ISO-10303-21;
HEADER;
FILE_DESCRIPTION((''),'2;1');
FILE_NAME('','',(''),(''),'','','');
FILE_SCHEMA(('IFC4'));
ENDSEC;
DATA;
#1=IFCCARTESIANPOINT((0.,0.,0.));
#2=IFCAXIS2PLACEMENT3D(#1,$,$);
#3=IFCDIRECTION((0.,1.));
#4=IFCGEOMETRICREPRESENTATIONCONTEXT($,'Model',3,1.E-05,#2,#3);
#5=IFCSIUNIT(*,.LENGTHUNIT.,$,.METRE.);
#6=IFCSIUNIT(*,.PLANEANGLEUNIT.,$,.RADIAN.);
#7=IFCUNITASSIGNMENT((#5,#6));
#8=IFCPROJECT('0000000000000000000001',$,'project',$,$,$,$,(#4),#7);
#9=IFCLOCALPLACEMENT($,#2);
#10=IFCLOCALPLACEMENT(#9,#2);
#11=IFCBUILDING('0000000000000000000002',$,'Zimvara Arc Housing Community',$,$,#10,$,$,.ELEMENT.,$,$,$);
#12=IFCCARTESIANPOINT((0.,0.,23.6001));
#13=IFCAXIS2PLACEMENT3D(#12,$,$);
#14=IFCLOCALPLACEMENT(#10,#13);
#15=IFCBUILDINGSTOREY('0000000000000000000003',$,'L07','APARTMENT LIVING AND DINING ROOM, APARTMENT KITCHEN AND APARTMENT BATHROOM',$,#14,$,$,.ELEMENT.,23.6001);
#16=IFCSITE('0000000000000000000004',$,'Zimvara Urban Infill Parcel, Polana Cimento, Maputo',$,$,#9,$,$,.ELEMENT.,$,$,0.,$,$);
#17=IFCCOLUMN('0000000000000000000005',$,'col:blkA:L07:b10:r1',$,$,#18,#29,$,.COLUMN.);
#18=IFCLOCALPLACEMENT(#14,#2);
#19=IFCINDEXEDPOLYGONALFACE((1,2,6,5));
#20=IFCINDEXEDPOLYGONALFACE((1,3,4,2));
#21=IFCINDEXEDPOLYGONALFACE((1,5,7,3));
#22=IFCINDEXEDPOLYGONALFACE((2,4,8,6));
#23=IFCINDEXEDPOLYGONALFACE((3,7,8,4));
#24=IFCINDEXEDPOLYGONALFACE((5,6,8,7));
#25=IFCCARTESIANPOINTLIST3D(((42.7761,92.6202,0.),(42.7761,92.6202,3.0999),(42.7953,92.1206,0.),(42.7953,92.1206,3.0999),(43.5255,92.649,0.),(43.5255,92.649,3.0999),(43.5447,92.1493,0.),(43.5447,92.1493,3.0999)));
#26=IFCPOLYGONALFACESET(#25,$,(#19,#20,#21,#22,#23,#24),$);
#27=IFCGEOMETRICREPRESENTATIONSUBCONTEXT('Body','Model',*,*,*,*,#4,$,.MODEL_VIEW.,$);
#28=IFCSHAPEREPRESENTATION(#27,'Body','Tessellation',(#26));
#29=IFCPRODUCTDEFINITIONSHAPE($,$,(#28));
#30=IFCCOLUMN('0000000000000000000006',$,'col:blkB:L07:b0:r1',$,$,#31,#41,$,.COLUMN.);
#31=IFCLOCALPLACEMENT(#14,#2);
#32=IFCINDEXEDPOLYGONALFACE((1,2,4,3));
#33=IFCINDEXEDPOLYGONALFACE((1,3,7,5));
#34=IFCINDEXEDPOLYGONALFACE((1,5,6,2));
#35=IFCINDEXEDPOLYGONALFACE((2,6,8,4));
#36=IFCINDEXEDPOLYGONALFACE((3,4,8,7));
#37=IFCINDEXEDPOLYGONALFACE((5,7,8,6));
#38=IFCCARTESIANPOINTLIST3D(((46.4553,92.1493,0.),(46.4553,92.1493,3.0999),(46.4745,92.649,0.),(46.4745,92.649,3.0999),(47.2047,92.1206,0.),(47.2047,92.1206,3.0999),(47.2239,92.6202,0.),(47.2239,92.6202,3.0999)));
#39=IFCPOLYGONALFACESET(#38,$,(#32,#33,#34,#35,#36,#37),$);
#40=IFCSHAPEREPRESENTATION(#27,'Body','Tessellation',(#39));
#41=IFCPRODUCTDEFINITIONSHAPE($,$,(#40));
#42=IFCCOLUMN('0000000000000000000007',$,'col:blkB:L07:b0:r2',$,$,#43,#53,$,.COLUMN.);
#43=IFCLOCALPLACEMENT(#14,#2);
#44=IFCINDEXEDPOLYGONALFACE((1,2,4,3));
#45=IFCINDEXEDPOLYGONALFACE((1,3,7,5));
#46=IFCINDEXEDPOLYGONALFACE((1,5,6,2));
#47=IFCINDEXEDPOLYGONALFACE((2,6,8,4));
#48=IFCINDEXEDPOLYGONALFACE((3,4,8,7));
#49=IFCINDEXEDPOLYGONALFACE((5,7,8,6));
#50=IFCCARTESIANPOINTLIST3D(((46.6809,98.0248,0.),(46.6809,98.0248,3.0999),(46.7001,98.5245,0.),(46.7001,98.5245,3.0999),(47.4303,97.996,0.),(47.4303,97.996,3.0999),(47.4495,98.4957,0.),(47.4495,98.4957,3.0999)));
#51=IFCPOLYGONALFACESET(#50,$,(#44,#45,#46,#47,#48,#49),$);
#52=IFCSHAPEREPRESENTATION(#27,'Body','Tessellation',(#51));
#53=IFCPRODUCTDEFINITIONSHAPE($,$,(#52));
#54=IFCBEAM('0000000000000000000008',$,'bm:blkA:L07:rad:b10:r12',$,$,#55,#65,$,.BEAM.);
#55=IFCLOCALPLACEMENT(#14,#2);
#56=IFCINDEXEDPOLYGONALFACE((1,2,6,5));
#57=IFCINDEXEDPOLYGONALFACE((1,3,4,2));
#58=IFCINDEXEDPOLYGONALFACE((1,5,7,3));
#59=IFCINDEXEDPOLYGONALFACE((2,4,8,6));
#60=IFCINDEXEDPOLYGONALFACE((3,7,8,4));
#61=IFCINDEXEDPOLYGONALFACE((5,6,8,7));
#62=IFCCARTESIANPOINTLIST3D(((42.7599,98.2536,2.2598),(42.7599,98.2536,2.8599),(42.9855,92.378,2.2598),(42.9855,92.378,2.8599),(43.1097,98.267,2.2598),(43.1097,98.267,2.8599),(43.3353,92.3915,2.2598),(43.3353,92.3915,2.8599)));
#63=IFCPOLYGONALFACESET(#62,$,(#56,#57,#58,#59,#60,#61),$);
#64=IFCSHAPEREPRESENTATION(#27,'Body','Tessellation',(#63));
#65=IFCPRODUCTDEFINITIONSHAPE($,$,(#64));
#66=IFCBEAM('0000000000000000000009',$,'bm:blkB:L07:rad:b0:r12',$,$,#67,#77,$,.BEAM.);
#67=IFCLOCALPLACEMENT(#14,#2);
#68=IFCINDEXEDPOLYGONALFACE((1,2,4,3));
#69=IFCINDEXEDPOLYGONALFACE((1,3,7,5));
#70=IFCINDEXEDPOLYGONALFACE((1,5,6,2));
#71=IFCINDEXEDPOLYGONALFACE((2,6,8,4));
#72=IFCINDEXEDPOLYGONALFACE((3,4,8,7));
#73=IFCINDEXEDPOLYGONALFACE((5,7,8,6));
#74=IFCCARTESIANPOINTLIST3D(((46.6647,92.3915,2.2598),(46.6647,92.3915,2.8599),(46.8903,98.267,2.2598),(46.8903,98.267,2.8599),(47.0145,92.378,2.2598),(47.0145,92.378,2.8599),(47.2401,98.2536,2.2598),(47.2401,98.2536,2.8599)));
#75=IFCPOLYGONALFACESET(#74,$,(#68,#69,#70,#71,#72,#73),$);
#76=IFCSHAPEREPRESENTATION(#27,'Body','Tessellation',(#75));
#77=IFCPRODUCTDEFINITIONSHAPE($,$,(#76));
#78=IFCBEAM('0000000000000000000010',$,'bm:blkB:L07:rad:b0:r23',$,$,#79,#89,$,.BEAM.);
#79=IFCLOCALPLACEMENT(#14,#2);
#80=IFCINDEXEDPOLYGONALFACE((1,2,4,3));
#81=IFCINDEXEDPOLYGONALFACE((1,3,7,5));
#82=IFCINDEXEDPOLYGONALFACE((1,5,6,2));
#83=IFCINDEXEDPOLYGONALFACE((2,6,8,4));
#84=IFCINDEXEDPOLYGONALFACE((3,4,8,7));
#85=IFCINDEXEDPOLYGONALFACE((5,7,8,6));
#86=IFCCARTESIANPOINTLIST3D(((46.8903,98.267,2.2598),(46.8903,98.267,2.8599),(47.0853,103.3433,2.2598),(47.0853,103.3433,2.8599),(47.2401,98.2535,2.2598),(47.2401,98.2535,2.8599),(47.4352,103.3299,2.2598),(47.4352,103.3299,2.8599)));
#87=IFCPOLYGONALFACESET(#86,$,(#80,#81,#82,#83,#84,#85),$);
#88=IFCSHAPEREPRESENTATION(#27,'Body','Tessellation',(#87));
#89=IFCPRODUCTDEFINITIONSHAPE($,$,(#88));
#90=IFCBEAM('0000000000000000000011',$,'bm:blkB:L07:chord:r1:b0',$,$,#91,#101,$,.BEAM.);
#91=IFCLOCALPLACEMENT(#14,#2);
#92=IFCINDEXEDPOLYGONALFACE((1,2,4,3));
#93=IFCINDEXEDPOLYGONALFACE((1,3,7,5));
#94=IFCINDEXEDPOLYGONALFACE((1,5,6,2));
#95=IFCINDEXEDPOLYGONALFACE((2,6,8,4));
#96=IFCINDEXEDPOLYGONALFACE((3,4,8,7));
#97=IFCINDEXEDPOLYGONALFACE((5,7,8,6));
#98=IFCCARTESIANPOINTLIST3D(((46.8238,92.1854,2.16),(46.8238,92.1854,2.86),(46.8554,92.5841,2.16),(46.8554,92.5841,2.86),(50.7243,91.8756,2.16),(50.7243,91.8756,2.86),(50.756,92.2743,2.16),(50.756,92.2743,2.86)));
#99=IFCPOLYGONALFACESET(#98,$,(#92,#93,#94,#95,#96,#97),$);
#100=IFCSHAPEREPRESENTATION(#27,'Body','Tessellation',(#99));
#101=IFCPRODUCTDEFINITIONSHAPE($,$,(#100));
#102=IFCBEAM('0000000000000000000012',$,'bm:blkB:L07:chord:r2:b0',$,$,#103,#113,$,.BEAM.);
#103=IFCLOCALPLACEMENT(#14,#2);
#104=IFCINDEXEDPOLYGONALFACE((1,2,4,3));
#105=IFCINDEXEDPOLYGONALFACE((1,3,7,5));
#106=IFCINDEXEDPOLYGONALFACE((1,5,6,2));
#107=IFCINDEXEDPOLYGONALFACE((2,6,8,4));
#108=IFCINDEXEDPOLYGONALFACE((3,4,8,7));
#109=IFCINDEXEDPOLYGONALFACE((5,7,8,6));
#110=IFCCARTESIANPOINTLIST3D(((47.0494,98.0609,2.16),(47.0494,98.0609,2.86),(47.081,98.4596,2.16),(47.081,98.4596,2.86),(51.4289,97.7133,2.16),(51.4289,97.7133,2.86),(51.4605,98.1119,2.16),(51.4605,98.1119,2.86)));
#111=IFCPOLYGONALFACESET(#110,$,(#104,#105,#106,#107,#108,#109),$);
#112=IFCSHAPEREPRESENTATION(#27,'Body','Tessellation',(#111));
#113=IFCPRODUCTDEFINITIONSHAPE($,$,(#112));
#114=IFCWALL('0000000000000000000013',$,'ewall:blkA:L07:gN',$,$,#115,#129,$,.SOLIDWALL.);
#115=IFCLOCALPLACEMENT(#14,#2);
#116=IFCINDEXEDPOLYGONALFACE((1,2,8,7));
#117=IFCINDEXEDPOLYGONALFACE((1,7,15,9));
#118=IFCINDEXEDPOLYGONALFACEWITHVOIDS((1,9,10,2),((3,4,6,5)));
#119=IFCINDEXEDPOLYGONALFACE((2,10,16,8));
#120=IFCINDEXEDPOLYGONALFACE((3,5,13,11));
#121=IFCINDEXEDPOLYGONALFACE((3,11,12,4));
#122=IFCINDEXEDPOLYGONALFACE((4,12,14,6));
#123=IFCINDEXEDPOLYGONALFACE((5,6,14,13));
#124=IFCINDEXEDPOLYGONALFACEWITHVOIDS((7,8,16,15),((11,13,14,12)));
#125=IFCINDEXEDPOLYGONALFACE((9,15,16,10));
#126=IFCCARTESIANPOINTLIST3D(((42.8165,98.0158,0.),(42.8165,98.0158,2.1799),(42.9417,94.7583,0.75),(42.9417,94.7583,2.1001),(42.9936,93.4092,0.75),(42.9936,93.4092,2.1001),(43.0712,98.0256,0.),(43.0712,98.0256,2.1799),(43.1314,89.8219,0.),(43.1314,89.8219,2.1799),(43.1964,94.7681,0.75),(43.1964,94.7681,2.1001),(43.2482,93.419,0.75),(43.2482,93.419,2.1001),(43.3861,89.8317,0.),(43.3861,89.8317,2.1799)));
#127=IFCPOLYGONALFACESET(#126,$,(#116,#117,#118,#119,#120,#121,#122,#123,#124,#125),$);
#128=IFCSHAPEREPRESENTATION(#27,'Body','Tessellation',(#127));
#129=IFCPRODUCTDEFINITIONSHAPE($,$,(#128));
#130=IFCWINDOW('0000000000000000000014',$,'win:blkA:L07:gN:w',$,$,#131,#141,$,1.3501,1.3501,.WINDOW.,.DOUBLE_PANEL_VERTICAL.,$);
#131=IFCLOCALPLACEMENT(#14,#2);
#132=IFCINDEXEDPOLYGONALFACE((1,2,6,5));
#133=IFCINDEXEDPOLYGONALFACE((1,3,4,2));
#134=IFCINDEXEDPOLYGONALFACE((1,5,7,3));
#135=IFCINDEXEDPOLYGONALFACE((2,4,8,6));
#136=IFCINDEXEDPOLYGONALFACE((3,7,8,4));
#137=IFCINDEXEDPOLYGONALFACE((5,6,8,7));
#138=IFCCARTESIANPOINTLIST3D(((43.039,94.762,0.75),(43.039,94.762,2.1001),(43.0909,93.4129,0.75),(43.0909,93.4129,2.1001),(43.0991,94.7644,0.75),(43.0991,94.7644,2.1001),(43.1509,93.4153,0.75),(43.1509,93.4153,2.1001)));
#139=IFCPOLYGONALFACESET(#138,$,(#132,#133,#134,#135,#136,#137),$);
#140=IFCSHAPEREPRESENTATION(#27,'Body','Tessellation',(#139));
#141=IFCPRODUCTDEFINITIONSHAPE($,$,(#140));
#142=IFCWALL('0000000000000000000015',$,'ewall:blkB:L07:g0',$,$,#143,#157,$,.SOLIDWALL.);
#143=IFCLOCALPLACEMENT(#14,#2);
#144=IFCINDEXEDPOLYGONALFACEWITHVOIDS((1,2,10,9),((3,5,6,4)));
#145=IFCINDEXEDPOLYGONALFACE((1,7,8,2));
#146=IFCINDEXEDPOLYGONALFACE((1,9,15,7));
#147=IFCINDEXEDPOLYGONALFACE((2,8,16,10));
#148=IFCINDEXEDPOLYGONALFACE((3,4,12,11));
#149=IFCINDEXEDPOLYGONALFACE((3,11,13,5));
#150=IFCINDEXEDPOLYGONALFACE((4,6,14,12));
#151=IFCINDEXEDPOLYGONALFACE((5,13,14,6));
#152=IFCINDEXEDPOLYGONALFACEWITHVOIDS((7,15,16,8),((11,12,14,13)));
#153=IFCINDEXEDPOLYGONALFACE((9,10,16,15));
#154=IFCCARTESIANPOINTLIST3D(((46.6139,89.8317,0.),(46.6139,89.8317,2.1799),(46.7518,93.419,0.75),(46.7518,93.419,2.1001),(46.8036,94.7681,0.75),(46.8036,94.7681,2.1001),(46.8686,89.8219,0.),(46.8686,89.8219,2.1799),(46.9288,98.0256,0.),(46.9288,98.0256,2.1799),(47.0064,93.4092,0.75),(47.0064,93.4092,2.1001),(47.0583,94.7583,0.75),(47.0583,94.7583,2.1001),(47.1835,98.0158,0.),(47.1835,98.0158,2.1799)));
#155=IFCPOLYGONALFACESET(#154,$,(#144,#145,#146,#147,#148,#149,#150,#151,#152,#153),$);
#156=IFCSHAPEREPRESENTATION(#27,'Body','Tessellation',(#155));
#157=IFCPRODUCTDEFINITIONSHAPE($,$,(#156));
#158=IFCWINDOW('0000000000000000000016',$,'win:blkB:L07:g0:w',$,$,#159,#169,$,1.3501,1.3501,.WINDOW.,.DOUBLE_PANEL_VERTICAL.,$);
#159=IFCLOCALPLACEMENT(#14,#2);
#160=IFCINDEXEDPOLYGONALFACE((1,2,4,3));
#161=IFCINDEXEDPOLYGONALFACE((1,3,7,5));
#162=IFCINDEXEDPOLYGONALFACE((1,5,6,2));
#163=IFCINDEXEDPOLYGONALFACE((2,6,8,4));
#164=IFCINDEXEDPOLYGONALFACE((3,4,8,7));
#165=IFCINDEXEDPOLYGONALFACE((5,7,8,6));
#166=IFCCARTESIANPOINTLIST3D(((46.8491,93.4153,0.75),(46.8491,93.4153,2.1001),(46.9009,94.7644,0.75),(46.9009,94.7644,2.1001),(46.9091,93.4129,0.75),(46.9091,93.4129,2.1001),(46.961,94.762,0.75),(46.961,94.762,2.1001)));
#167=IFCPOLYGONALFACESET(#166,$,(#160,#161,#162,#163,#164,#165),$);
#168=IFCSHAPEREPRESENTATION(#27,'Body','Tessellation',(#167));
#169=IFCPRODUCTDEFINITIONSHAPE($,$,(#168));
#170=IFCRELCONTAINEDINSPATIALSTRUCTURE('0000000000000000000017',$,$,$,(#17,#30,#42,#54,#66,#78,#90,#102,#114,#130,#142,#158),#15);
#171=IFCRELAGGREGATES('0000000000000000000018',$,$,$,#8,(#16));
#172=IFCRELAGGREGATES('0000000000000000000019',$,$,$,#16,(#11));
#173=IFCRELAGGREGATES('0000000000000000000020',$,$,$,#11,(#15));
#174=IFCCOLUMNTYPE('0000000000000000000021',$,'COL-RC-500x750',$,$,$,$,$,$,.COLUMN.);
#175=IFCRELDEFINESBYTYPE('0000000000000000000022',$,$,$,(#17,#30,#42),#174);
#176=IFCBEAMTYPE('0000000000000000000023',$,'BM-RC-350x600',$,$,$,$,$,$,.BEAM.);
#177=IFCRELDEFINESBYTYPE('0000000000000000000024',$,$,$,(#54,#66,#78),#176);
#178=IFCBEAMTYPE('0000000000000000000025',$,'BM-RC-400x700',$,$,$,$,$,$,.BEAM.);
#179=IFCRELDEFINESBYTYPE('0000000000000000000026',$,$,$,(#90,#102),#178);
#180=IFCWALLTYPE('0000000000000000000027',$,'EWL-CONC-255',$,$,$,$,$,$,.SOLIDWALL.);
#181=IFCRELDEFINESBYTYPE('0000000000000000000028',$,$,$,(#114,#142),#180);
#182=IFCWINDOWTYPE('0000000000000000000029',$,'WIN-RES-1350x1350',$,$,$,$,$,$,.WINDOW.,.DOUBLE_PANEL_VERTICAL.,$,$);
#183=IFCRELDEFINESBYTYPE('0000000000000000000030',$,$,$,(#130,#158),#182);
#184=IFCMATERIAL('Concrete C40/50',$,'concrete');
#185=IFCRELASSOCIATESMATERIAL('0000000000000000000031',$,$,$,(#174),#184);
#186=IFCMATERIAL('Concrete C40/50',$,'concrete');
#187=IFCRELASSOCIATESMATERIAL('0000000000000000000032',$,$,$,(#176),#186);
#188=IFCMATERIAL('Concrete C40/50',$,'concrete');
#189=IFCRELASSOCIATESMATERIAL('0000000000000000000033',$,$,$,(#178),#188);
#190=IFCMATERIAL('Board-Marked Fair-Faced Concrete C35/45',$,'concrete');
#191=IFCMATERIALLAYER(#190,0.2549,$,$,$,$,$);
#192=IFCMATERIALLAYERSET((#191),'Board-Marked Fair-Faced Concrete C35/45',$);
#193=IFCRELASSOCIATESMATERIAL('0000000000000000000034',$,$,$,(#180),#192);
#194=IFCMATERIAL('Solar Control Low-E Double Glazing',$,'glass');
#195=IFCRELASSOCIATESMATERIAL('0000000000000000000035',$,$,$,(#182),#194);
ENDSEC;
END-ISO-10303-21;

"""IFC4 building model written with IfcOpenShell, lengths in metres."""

from ifc_helpers import new_model, si_unit, direction, frame, frame_2d, origin, origin_2d, place, context, subcontext, project, spatial, rectangle, extrude, material, layer, layer_set, material_profile, profile_set, type_object, element, fill, save


model = new_model("IFC4")

# Units and contexts
model_context = context("Model", 3, precision=1e-05, world=origin(), true_north=direction((0.0, 1.0)))
body_context = subcontext(model_context, "Body", "Model", "MODEL_VIEW")
ifc_project = project(units=[si_unit("LENGTHUNIT", "METRE"), si_unit("PLANEANGLEUNIT", "RADIAN")], contexts=[model_context])

# Site, building, storey
site_placement = place(None, origin())
site = spatial("IfcSite", under=ifc_project, at=site_placement, Name="Zimvara Urban Infill Parcel, Polana Cimento, Maputo", CompositionType="ELEMENT", RefElevation=0.0)
building_placement = place(site_placement, origin())
building = spatial("IfcBuilding", under=site, at=building_placement, Name="Zimvara Arc Housing Community", CompositionType="ELEMENT")
storey_placement = place(building_placement, frame((0.0, 0.0, 23.6001)))
storey = spatial("IfcBuildingStorey", under=building, at=storey_placement, Name="L07", Description="APARTMENT LIVING AND DINING ROOM, APARTMENT KITCHEN AND APARTMENT BATHROOM", CompositionType="ELEMENT", Elevation=23.6001)

# Columns
ifc_material_1 = material(Name="Concrete C40/50", Category="concrete")
ifc_material_profile_1 = material_profile(ifc_material_1, rectangle(XDim=0.5, YDim=0.75, at=origin_2d()), Name="RC 500x750")
ifc_profile_set_1 = profile_set([ifc_material_profile_1], Name="Concrete C40/50")
column_type = type_object("IfcColumnType", Name="COL-RC-500x750", PredefinedType="COLUMN", material=ifc_profile_set_1)
for number, where, z_axis, x_axis, name in (
    (1, (43.1604, 92.3848, 0.0), (0.0, 0.0, 1.0), (-0.038388, 0.999263, 0.0), "col:blkA:L07:b10:r1"),
    (2, (46.8396, 92.3848, 0.0), (0.0, 0.0, 1.0), (0.038388, 0.999263, 0.0), "col:blkB:L07:b0:r1"),
    (3, (47.0652, 98.2603, 0.0), (0.0, 0.0, 1.0), (0.038388, 0.999263, 0.0), "col:blkB:L07:b0:r2"),
):
    element("IfcColumn", number, at=place(storey_placement, frame(where, z_axis=z_axis, x_axis=x_axis)), inside=storey, type_object=column_type, Name=name, PredefinedType="COLUMN", context=body_context, shape_type="SweptSolid", body=[
        extrude(rectangle(XDim=0.5, YDim=0.75, at=origin_2d()), origin(), (0.0, 0.0, 1.0), 3.0999),
    ])

# Beams
ifc_material_2 = material(Name="Concrete C40/50", Category="concrete")
ifc_material_profile_2 = material_profile(ifc_material_2, rectangle(XDim=0.3501, YDim=0.6001, at=origin_2d()), Name="RC 350x600")
ifc_profile_set_2 = profile_set([ifc_material_profile_2], Name="Concrete C40/50")
beam_type_1 = type_object("IfcBeamType", Name="BM-RC-350x600", PredefinedType="BEAM", material=ifc_profile_set_2)
for number, where, z_axis, x_axis, name in (
    (4, (43.1604, 92.3848, 2.5598), (-0.038366, 0.999264, 0.0), (-0.999264, -0.038366, 0.0), "bm:blkA:L07:rad:b10:r12"),
    (5, (46.8396, 92.3848, 2.5598), (0.038366, 0.999264, 0.0), (-0.999264, 0.038366, 0.0), "bm:blkB:L07:rad:b0:r12"),
):
    element("IfcBeam", number, at=place(storey_placement, frame(where, z_axis=z_axis, x_axis=x_axis)), inside=storey, type_object=beam_type_1, Name=name, PredefinedType="BEAM", context=body_context, shape_type="SweptSolid", body=[
        extrude(rectangle(XDim=0.3501, YDim=0.6001, at=origin_2d()), origin(), (0.0, 0.0, 1.0), 5.8799),
    ])
beam_1_placement = place(storey_placement, frame((47.0652, 98.2603, 2.5598), z_axis=(0.038398, 0.999263, 0.0), x_axis=(-0.999263, 0.038398, 0.0)))
element("IfcBeam", 6, at=beam_1_placement, inside=storey, type_object=beam_type_1, Name="bm:blkB:L07:rad:b0:r23", PredefinedType="BEAM", context=body_context, shape_type="SweptSolid", body=[
    extrude(rectangle(XDim=0.3501, YDim=0.6001, at=origin_2d()), origin(), (0.0, 0.0, 1.0), 5.0801),
])
ifc_material_3 = material(Name="Concrete C40/50", Category="concrete")
ifc_material_profile_3 = material_profile(ifc_material_3, rectangle(XDim=0.3999, YDim=0.7, at=origin_2d()), Name="RC 400x700")
ifc_profile_set_3 = profile_set([ifc_material_profile_3], Name="Concrete C40/50")
beam_type_2 = type_object("IfcBeamType", Name="BM-RC-400x700", PredefinedType="BEAM", material=ifc_profile_set_3)
beam_2_placement = place(storey_placement, frame((46.8396, 92.3848, 2.51), z_axis=(0.996861, -0.079177, 0.0), x_axis=(0.079177, 0.996861, 0.0)))
element("IfcBeam", 7, at=beam_2_placement, inside=storey, type_object=beam_type_2, Name="bm:blkB:L07:chord:r1:b0", PredefinedType="BEAM", context=body_context, shape_type="SweptSolid", body=[
    extrude(rectangle(XDim=0.3999, YDim=0.7, at=origin_2d()), origin(), (0.0, 0.0, 1.0), 3.9128),
])
beam_3_placement = place(storey_placement, frame((47.0652, 98.2603, 2.51), z_axis=(0.996864, -0.079131, 0.0), x_axis=(0.079131, 0.996864, 0.0)))
element("IfcBeam", 8, at=beam_3_placement, inside=storey, type_object=beam_type_2, Name="bm:blkB:L07:chord:r2:b0", PredefinedType="BEAM", context=body_context, shape_type="SweptSolid", body=[
    extrude(rectangle(XDim=0.3999, YDim=0.7, at=origin_2d()), origin(), (0.0, 0.0, 1.0), 4.3933),
])

# Walls, openings, windows
ifc_material_4 = material(Name="Board-Marked Fair-Faced Concrete C35/45", Category="concrete")
ifc_layer_1 = layer(ifc_material_4, 0.2549)
ifc_layer_set_1 = layer_set([ifc_layer_1], Name="Board-Marked Fair-Faced Concrete C35/45")
wall_type_1 = type_object("IfcWallType", Name="EWL-CONC-255", PredefinedType="SOLIDWALL", material=ifc_layer_set_1)
wall_1_placement = place(storey_placement, frame((43.2588, 89.8267, 0.0), z_axis=(0.0, 0.0, 1.0), x_axis=(-0.038408, 0.999262, 0.0)))
wall_1 = element("IfcWall", 9, at=wall_1_placement, inside=storey, type_object=wall_type_1, Name="ewall:blkA:L07:gN", PredefinedType="SOLIDWALL", context=body_context, shape_type="SweptSolid", body=[
    extrude(rectangle(XDim=8.2, YDim=0.2549, at=frame_2d((4.1001, 0.0))), origin(), (0.0, 0.0, 1.0), 2.1799),
])
opening_1_placement = place(wall_1_placement, frame((3.5901, 0.0, 0.75)))
opening_1 = element("IfcOpeningElement", 10, at=opening_1_placement, cuts=wall_1, PredefinedType="OPENING", context=body_context, shape_type="SweptSolid", body=[
    extrude(rectangle(XDim=1.3501, YDim=1.3501, at=frame_2d((0.675, 0.675))), frame((0.0, 0.1375, 0.0), z_axis=(0.0, -1.0, 0.0), x_axis=(1.0, 0.0, 0.0)), (0.0, 0.0, 1.0), 0.2749),
])
ifc_material_5 = material(Name="Solar Control Low-E Double Glazing", Category="glass")
window_type = type_object("IfcWindowType", Name="WIN-RES-1350x1350", PartitioningType="DOUBLE_PANEL_VERTICAL", PredefinedType="WINDOW", material=ifc_material_5)
window_1_placement = place(opening_1_placement, origin())
window_1 = element("IfcWindow", 11, at=window_1_placement, inside=storey, type_object=window_type, Name="win:blkA:L07:gN:w", OverallHeight=1.3501, OverallWidth=1.3501, PartitioningType="DOUBLE_PANEL_VERTICAL", PredefinedType="WINDOW", context=body_context, shape_type="SweptSolid", body=[
    extrude(rectangle(XDim=1.3501, YDim=1.3501, at=frame_2d((0.675, 0.675))), frame((0.0, 0.03, 0.0), z_axis=(0.0, -1.0, 0.0), x_axis=(1.0, 0.0, 0.0)), (0.0, 0.0, 1.0), 0.0601),
])
fill(opening_1, window_1)
wall_2_placement = place(storey_placement, frame((46.7412, 89.8267, 0.0), z_axis=(0.0, 0.0, 1.0), x_axis=(0.038408, 0.999262, 0.0)))
wall_2 = element("IfcWall", 12, at=wall_2_placement, inside=storey, type_object=wall_type_1, Name="ewall:blkB:L07:g0", PredefinedType="SOLIDWALL", context=body_context, shape_type="SweptSolid", body=[
    extrude(rectangle(XDim=8.2, YDim=0.2549, at=frame_2d((4.1001, 0.0))), origin(), (0.0, 0.0, 1.0), 2.1799),
])
opening_2_placement = place(wall_2_placement, frame((3.5901, 0.0, 0.75)))
opening_2 = element("IfcOpeningElement", 13, at=opening_2_placement, cuts=wall_2, PredefinedType="OPENING", context=body_context, shape_type="SweptSolid", body=[
    extrude(rectangle(XDim=1.3501, YDim=1.3501, at=frame_2d((0.675, 0.675))), frame((0.0, 0.1375, 0.0), z_axis=(0.0, -1.0, 0.0), x_axis=(1.0, 0.0, 0.0)), (0.0, 0.0, 1.0), 0.2749),
])
window_2_placement = place(opening_2_placement, origin())
window_2 = element("IfcWindow", 14, at=window_2_placement, inside=storey, type_object=window_type, Name="win:blkB:L07:g0:w", OverallHeight=1.3501, OverallWidth=1.3501, PartitioningType="DOUBLE_PANEL_VERTICAL", PredefinedType="WINDOW", context=body_context, shape_type="SweptSolid", body=[
    extrude(rectangle(XDim=1.3501, YDim=1.3501, at=frame_2d((0.675, 0.675))), frame((0.0, 0.03, 0.0), z_axis=(0.0, -1.0, 0.0), x_axis=(1.0, 0.0, 0.0)), (0.0, 0.0, 1.0), 0.0601),
])
fill(opening_2, window_2)

save(model, "model.ifc")
